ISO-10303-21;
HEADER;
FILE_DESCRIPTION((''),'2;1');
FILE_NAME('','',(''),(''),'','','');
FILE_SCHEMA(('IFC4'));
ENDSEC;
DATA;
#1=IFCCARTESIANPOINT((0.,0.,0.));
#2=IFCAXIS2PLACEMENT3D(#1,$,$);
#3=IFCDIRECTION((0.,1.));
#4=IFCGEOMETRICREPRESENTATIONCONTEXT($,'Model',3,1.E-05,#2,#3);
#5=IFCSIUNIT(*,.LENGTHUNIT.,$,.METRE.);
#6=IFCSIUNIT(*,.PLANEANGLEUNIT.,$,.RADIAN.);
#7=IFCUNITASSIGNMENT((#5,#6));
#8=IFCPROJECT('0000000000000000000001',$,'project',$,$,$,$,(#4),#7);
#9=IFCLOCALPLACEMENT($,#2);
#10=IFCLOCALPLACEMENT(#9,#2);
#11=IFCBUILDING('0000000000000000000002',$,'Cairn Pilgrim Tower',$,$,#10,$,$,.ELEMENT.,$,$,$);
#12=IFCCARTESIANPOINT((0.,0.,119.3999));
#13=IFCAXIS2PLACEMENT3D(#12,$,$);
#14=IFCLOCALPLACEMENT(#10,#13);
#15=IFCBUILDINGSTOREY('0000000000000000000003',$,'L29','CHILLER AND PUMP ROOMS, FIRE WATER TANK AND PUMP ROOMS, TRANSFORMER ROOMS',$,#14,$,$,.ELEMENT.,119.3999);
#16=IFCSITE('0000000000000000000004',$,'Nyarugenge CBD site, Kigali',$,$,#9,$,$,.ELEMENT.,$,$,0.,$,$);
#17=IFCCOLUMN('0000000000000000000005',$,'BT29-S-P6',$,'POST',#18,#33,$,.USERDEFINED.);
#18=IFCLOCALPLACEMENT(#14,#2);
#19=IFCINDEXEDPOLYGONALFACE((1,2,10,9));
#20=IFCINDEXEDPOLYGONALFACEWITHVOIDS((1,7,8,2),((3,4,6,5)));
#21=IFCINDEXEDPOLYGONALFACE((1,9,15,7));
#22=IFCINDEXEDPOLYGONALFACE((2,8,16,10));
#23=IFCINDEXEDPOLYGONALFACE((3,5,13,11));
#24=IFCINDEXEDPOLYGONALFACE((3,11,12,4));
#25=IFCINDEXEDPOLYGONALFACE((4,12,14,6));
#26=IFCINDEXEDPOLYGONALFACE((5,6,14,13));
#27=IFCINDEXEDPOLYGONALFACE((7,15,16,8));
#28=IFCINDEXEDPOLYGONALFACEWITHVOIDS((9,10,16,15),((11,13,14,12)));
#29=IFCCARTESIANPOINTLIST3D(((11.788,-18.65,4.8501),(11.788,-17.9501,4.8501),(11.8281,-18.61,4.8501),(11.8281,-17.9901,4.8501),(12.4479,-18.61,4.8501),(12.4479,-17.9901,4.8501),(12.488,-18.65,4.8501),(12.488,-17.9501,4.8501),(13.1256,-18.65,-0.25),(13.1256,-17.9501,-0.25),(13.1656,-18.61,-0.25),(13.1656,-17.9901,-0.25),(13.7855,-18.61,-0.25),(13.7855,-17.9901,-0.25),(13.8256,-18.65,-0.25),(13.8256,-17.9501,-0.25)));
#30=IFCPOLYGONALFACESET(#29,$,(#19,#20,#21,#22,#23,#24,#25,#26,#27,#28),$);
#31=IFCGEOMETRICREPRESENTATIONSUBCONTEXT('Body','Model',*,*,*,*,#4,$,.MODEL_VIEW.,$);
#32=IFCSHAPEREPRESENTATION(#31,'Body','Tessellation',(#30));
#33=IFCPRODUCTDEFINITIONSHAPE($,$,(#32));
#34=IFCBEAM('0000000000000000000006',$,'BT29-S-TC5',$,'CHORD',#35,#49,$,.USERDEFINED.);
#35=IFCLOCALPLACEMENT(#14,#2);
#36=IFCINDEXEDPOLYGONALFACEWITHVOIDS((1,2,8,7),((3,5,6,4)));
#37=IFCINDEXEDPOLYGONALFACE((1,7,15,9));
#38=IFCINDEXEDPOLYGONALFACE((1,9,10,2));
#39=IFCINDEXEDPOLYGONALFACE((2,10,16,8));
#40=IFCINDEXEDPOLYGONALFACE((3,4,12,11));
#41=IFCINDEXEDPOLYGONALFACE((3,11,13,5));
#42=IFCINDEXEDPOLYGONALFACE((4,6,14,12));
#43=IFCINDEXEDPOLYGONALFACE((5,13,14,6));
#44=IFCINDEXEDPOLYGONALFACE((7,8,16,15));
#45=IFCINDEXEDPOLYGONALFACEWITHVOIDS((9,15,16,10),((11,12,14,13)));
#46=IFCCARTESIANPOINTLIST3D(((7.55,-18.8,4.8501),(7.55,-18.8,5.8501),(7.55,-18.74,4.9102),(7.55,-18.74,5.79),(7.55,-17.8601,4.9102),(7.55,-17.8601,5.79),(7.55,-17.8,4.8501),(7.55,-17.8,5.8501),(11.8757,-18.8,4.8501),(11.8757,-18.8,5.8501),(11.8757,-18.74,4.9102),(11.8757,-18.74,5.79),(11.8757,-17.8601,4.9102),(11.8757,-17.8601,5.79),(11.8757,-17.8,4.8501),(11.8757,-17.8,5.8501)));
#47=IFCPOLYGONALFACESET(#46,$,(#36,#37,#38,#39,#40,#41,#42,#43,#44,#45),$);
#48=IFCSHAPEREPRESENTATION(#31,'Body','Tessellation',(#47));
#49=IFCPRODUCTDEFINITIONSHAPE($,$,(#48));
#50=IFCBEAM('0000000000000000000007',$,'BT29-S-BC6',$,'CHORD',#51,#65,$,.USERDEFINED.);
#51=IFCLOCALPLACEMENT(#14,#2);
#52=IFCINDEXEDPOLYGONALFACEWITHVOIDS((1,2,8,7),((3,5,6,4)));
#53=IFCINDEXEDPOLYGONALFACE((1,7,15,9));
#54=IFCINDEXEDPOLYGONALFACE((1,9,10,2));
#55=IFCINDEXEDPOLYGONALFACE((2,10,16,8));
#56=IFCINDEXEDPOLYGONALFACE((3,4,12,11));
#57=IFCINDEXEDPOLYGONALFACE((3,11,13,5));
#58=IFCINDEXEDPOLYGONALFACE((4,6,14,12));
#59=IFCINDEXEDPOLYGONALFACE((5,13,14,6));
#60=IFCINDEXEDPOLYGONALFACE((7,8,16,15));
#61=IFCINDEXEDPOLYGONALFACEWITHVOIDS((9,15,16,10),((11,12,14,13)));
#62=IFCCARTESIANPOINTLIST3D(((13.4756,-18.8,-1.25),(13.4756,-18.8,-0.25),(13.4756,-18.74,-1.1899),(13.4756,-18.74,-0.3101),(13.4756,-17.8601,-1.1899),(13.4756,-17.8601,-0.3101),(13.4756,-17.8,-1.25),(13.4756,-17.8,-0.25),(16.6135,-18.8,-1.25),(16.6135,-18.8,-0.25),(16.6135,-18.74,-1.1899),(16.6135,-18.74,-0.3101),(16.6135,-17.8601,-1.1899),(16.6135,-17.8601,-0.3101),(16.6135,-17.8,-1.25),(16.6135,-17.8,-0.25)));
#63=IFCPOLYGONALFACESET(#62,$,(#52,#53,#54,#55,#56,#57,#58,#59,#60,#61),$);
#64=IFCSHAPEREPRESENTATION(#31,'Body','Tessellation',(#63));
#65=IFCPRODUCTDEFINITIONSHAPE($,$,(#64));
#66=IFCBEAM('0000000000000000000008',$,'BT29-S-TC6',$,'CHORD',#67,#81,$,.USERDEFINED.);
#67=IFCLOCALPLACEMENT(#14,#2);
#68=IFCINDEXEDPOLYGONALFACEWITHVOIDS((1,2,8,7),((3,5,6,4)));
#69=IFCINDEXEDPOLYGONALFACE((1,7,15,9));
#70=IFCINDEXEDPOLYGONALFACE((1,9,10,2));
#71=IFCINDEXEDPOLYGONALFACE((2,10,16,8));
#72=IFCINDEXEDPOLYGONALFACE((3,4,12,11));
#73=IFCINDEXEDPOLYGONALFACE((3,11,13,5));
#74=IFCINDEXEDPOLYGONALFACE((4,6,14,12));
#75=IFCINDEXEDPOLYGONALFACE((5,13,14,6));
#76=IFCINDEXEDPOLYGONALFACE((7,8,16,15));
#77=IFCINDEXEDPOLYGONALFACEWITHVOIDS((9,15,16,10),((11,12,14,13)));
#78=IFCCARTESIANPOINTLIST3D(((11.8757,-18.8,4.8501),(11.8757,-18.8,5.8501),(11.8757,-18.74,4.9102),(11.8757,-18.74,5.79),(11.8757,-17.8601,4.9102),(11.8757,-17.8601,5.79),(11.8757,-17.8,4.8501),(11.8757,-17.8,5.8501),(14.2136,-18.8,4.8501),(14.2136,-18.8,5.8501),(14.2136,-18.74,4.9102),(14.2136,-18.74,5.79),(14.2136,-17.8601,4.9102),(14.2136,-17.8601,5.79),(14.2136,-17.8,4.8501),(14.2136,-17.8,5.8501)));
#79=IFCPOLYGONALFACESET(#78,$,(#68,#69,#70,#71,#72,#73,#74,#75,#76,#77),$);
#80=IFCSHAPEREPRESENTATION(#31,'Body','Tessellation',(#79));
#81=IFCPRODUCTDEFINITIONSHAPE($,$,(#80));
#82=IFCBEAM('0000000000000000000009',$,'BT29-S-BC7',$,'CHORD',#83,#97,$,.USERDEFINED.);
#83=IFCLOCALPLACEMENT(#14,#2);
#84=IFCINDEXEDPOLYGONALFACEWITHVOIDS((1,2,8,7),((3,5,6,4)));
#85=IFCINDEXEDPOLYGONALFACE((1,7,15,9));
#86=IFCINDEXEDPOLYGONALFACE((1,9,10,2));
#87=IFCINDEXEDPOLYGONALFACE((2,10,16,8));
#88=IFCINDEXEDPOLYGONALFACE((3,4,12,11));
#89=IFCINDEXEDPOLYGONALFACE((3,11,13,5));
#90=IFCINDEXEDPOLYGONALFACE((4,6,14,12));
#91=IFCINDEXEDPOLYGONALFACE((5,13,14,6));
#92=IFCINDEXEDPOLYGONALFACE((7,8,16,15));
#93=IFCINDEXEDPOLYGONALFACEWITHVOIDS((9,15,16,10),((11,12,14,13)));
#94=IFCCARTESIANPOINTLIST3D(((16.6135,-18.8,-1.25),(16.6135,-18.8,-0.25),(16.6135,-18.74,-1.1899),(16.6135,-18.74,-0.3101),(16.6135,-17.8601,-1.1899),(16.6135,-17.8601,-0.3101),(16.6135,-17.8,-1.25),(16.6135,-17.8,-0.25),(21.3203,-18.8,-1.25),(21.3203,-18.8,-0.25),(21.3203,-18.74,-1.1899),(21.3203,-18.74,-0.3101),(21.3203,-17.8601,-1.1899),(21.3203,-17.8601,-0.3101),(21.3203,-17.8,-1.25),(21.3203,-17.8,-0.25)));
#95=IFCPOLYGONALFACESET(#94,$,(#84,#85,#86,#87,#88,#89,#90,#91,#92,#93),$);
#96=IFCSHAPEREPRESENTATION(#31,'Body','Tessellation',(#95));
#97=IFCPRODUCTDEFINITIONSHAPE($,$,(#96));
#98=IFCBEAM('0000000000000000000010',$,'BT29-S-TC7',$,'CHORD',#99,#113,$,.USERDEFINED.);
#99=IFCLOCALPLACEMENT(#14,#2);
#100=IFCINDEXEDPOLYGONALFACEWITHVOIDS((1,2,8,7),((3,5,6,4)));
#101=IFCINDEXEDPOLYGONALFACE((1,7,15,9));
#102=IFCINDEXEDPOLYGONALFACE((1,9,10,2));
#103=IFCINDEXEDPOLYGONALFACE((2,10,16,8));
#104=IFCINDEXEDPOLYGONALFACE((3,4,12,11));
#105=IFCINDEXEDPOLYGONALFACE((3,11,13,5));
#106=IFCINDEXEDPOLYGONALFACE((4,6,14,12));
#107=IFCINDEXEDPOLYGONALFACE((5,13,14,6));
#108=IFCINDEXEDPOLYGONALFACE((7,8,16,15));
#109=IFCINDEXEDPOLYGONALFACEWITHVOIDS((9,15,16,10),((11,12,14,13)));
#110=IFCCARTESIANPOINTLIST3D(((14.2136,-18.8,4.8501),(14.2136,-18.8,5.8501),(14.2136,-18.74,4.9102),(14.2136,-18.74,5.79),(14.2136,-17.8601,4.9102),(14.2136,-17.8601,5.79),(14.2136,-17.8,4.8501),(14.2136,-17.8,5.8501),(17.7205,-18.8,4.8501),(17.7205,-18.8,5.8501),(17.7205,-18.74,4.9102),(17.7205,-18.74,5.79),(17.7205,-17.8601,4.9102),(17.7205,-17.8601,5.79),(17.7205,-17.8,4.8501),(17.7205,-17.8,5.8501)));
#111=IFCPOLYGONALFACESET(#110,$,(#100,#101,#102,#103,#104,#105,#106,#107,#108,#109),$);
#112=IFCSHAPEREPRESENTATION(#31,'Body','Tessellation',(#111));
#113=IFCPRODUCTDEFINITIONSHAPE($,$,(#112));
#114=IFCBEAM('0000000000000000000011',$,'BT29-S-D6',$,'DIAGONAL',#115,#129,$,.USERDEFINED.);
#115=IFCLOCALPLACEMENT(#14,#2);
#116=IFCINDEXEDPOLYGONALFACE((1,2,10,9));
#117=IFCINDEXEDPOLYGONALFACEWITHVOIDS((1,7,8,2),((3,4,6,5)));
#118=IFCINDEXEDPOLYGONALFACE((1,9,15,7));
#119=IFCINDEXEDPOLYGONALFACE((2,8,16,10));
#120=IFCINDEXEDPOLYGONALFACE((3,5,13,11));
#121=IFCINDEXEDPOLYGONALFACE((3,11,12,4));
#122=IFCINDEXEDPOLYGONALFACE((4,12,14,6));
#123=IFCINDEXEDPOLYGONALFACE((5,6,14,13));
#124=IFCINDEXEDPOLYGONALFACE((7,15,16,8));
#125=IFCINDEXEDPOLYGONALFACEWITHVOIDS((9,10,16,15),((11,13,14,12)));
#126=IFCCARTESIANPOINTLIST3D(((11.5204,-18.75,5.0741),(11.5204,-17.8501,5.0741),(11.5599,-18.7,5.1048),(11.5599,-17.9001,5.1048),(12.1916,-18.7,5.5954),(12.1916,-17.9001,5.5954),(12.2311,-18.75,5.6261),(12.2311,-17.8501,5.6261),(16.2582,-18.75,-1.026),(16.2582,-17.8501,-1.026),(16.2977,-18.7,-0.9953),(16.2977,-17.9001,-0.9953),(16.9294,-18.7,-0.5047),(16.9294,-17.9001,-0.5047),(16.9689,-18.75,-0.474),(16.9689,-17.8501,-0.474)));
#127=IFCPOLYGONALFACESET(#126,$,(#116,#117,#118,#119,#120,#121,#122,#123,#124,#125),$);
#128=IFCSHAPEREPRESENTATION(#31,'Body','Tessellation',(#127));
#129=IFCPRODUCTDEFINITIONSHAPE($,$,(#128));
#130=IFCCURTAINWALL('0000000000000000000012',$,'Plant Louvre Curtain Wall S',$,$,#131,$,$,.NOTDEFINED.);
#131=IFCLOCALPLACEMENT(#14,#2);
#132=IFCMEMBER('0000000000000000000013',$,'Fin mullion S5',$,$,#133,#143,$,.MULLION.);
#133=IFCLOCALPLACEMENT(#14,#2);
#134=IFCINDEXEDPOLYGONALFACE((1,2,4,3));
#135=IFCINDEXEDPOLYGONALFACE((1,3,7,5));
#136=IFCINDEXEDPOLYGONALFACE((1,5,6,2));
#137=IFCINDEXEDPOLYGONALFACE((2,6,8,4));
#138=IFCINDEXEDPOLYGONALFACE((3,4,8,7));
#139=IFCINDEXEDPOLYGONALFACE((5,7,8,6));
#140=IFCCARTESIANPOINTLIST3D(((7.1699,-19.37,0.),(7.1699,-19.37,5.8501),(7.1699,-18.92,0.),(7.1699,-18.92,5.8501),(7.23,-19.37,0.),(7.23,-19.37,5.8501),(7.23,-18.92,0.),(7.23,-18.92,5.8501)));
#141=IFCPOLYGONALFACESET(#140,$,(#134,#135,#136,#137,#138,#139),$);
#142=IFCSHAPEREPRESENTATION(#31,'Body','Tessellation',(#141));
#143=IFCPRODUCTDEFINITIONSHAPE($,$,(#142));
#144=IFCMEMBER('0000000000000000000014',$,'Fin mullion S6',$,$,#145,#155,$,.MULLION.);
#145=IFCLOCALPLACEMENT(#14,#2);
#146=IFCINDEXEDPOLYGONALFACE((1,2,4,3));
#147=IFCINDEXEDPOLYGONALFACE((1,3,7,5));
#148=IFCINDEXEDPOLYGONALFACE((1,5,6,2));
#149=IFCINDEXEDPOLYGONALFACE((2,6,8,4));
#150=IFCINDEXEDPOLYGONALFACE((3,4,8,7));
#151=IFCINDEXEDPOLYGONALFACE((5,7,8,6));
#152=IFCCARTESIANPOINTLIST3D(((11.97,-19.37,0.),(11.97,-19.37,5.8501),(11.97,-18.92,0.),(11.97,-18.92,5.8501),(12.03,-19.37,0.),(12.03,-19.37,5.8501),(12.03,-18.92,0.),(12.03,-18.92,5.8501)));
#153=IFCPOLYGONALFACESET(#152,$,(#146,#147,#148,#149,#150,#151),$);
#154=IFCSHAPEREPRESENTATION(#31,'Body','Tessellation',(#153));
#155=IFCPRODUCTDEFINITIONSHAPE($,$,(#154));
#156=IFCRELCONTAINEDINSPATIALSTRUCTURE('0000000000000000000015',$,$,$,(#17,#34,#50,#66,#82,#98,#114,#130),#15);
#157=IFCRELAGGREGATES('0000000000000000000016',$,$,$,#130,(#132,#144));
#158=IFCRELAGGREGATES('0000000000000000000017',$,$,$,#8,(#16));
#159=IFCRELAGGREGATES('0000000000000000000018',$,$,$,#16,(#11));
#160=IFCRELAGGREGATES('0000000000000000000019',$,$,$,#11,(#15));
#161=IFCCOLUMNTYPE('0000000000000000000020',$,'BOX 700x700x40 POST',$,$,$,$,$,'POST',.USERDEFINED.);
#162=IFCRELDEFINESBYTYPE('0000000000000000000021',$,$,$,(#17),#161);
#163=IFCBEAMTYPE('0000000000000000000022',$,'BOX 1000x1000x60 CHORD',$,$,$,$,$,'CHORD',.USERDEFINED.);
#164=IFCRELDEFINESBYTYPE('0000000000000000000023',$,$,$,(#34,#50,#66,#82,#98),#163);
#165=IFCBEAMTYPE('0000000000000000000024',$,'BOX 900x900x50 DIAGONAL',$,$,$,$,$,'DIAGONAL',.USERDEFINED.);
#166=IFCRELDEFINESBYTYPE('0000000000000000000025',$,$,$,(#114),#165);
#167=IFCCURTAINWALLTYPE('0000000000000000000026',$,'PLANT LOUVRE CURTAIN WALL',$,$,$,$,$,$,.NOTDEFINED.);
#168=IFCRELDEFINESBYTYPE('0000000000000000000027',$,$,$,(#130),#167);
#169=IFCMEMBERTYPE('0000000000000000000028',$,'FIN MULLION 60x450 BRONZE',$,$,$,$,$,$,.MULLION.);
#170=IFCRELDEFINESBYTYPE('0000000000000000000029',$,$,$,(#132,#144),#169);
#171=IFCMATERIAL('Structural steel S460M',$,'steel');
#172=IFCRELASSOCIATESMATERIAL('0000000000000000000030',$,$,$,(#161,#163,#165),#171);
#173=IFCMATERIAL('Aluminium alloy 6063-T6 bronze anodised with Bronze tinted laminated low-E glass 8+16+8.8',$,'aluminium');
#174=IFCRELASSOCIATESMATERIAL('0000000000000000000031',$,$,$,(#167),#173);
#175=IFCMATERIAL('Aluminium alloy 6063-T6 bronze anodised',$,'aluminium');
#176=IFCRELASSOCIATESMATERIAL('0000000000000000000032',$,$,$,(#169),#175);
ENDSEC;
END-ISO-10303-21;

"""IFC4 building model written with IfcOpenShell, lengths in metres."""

from ifc_helpers import new_model, si_unit, direction, frame, origin, origin_2d, place, context, subcontext, project, spatial, rectangle, hollow_rectangle, extrude, clip, halfspace, material, material_profile, profile_set, type_object, element, aggregate, save


model = new_model("IFC4")

# Units and contexts
model_context = context("Model", 3, precision=1e-05, world=origin(), true_north=direction((0.0, 1.0)))
body_context = subcontext(model_context, "Body", "Model", "MODEL_VIEW")
ifc_project = project(units=[si_unit("LENGTHUNIT", "METRE"), si_unit("PLANEANGLEUNIT", "RADIAN")], contexts=[model_context])

# Site, building, storey
site_placement = place(None, origin())
site = spatial("IfcSite", under=ifc_project, at=site_placement, Name="Nyarugenge CBD site, Kigali", CompositionType="ELEMENT", RefElevation=0.0)
building_placement = place(site_placement, origin())
building = spatial("IfcBuilding", under=site, at=building_placement, Name="Cairn Pilgrim Tower", CompositionType="ELEMENT")
storey_placement = place(building_placement, frame((0.0, 0.0, 119.3999)))
storey = spatial("IfcBuildingStorey", under=building, at=storey_placement, Name="L29", Description="CHILLER AND PUMP ROOMS, FIRE WATER TANK AND PUMP ROOMS, TRANSFORMER ROOMS", CompositionType="ELEMENT", Elevation=119.3999)

# Column
ifc_material_1 = material(Name="Structural steel S460M", Category="steel")
ifc_material_profile_1 = material_profile(ifc_material_1, hollow_rectangle(XDim=0.7, YDim=0.7, WallThickness=0.04, at=origin_2d()), Name="BOX 700x700x40")
ifc_profile_set_1 = profile_set([ifc_material_profile_1], Name="Structural steel S460M")
column_type = type_object("IfcColumnType", Name="BOX 700x700x40 POST", ElementType="POST", PredefinedType="USERDEFINED", material=ifc_profile_set_1)
column_placement = place(storey_placement, frame((13.4756, -18.3, -0.25), z_axis=(0.0, 0.0, 1.0), x_axis=(1.0, 0.0, 0.0)))
element("IfcColumn", 1, at=column_placement, inside=storey, type_object=column_type, Name="BT29-S-P6", ObjectType="POST", PredefinedType="USERDEFINED", context=body_context, shape_type="Clipping", body=[
    clip(extrude(hollow_rectangle(XDim=0.7, YDim=0.7, WallThickness=0.04, at=origin_2d()), origin(), (-0.253687, 0.0, 0.967286), 6.3064), halfspace(frame((0.0, 0.0, 5.1001), z_axis=(0.0, 0.0, 1.0), x_axis=(1.0, 0.0, 0.0)), False)),
])

# Beams
ifc_material_profile_2 = material_profile(ifc_material_1, hollow_rectangle(XDim=1.0, YDim=1.0, WallThickness=0.0601, at=origin_2d()), Name="BOX 1000x1000x60")
ifc_profile_set_2 = profile_set([ifc_material_profile_2], Name="Structural steel S460M")
beam_type_1 = type_object("IfcBeamType", Name="BOX 1000x1000x60 CHORD", ElementType="CHORD", PredefinedType="USERDEFINED", material=ifc_profile_set_2)
beam_1_placement = place(storey_placement, frame((7.55, -18.3, 5.3501), z_axis=(1.0, 0.0, 0.0), x_axis=(0.0, 1.0, 0.0)))
element("IfcBeam", 2, at=beam_1_placement, inside=storey, type_object=beam_type_1, Name="BT29-S-TC5", ObjectType="CHORD", PredefinedType="USERDEFINED", context=body_context, shape_type="SweptSolid", body=[
    extrude(hollow_rectangle(XDim=1.0, YDim=1.0, WallThickness=0.0601, at=origin_2d()), origin(), (0.0, 0.0, 1.0), 4.3257),
])
beam_2_placement = place(storey_placement, frame((13.4756, -18.3, -0.75), z_axis=(1.0, 0.0, 0.0), x_axis=(0.0, 1.0, 0.0)))
element("IfcBeam", 3, at=beam_2_placement, inside=storey, type_object=beam_type_1, Name="BT29-S-BC6", ObjectType="CHORD", PredefinedType="USERDEFINED", context=body_context, shape_type="SweptSolid", body=[
    extrude(hollow_rectangle(XDim=1.0, YDim=1.0, WallThickness=0.0601, at=origin_2d()), origin(), (0.0, 0.0, 1.0), 3.1379),
])
beam_3_placement = place(storey_placement, frame((11.8757, -18.3, 5.3501), z_axis=(1.0, 0.0, 0.0), x_axis=(0.0, 1.0, 0.0)))
element("IfcBeam", 4, at=beam_3_placement, inside=storey, type_object=beam_type_1, Name="BT29-S-TC6", ObjectType="CHORD", PredefinedType="USERDEFINED", context=body_context, shape_type="SweptSolid", body=[
    extrude(hollow_rectangle(XDim=1.0, YDim=1.0, WallThickness=0.0601, at=origin_2d()), origin(), (0.0, 0.0, 1.0), 2.3379),
])
beam_4_placement = place(storey_placement, frame((16.6135, -18.3, -0.75), z_axis=(1.0, 0.0, 0.0), x_axis=(0.0, 1.0, 0.0)))
element("IfcBeam", 5, at=beam_4_placement, inside=storey, type_object=beam_type_1, Name="BT29-S-BC7", ObjectType="CHORD", PredefinedType="USERDEFINED", context=body_context, shape_type="SweptSolid", body=[
    extrude(hollow_rectangle(XDim=1.0, YDim=1.0, WallThickness=0.0601, at=origin_2d()), origin(), (0.0, 0.0, 1.0), 4.7068),
])
beam_5_placement = place(storey_placement, frame((14.2136, -18.3, 5.3501), z_axis=(1.0, 0.0, 0.0), x_axis=(0.0, 1.0, 0.0)))
element("IfcBeam", 6, at=beam_5_placement, inside=storey, type_object=beam_type_1, Name="BT29-S-TC7", ObjectType="CHORD", PredefinedType="USERDEFINED", context=body_context, shape_type="SweptSolid", body=[
    extrude(hollow_rectangle(XDim=1.0, YDim=1.0, WallThickness=0.0601, at=origin_2d()), origin(), (0.0, 0.0, 1.0), 3.5068),
])
ifc_material_profile_3 = material_profile(ifc_material_1, hollow_rectangle(XDim=0.8999, YDim=0.8999, WallThickness=0.05, at=origin_2d()), Name="BOX 900x900x50")
ifc_profile_set_3 = profile_set([ifc_material_profile_3], Name="Structural steel S460M")
beam_type_2 = type_object("IfcBeamType", Name="BOX 900x900x50 DIAGONAL", ElementType="DIAGONAL", PredefinedType="USERDEFINED", material=ifc_profile_set_3)
beam_6_placement = place(storey_placement, frame((11.8757, -18.3, 5.3501), z_axis=(0.613398, 0.0, -0.789774), x_axis=(0.0, 1.0, 0.0)))
element("IfcBeam", 7, at=beam_6_placement, inside=storey, type_object=beam_type_2, Name="BT29-S-D6", ObjectType="DIAGONAL", PredefinedType="USERDEFINED", context=body_context, shape_type="SweptSolid", body=[
    extrude(hollow_rectangle(XDim=0.8999, YDim=0.8999, WallThickness=0.05, at=origin_2d()), origin(), (0.0, 0.0, 1.0), 7.7239),
])

# Curtain wall, members
ifc_material_2 = material(Name="Aluminium alloy 6063-T6 bronze anodised with Bronze tinted laminated low-E glass 8+16+8.8", Category="aluminium")
curtain_wall_type = type_object("IfcCurtainWallType", Name="PLANT LOUVRE CURTAIN WALL", PredefinedType="NOTDEFINED", material=ifc_material_2)
curtain_wall_placement = place(storey_placement, origin())
curtain_wall = element("IfcCurtainWall", 8, at=curtain_wall_placement, inside=storey, type_object=curtain_wall_type, Name="Plant Louvre Curtain Wall S", PredefinedType="NOTDEFINED")
ifc_material_3 = material(Name="Aluminium alloy 6063-T6 bronze anodised", Category="aluminium")
ifc_material_profile_4 = material_profile(ifc_material_3, rectangle(XDim=0.45, YDim=0.0601, at=origin_2d()), Name="FIN MULLION 60x450 BRONZE")
ifc_profile_set_4 = profile_set([ifc_material_profile_4], Name="Aluminium alloy 6063-T6 bronze anodised")
member_type_1 = type_object("IfcMemberType", Name="FIN MULLION 60x450 BRONZE", PredefinedType="MULLION", material=ifc_profile_set_4)
member_1_placement = place(storey_placement, frame((7.2, -19.145, 0.0), z_axis=(0.0, 0.0, 1.0), x_axis=(0.0, -1.0, 0.0)))
member_1 = element("IfcMember", 9, at=member_1_placement, type_object=member_type_1, Name="Fin mullion S5", PredefinedType="MULLION", context=body_context, shape_type="SweptSolid", body=[
    extrude(rectangle(XDim=0.45, YDim=0.0601, at=origin_2d()), origin(), (0.0, 0.0, 1.0), 5.8501),
])
member_2_placement = place(storey_placement, frame((12.0, -19.145, 0.0), z_axis=(0.0, 0.0, 1.0), x_axis=(0.0, -1.0, 0.0)))
member_2 = element("IfcMember", 10, at=member_2_placement, type_object=member_type_1, Name="Fin mullion S6", PredefinedType="MULLION", context=body_context, shape_type="SweptSolid", body=[
    extrude(rectangle(XDim=0.45, YDim=0.0601, at=origin_2d()), origin(), (0.0, 0.0, 1.0), 5.8501),
])

aggregate(curtain_wall, [member_1, member_2])

save(model, "model.ifc")
